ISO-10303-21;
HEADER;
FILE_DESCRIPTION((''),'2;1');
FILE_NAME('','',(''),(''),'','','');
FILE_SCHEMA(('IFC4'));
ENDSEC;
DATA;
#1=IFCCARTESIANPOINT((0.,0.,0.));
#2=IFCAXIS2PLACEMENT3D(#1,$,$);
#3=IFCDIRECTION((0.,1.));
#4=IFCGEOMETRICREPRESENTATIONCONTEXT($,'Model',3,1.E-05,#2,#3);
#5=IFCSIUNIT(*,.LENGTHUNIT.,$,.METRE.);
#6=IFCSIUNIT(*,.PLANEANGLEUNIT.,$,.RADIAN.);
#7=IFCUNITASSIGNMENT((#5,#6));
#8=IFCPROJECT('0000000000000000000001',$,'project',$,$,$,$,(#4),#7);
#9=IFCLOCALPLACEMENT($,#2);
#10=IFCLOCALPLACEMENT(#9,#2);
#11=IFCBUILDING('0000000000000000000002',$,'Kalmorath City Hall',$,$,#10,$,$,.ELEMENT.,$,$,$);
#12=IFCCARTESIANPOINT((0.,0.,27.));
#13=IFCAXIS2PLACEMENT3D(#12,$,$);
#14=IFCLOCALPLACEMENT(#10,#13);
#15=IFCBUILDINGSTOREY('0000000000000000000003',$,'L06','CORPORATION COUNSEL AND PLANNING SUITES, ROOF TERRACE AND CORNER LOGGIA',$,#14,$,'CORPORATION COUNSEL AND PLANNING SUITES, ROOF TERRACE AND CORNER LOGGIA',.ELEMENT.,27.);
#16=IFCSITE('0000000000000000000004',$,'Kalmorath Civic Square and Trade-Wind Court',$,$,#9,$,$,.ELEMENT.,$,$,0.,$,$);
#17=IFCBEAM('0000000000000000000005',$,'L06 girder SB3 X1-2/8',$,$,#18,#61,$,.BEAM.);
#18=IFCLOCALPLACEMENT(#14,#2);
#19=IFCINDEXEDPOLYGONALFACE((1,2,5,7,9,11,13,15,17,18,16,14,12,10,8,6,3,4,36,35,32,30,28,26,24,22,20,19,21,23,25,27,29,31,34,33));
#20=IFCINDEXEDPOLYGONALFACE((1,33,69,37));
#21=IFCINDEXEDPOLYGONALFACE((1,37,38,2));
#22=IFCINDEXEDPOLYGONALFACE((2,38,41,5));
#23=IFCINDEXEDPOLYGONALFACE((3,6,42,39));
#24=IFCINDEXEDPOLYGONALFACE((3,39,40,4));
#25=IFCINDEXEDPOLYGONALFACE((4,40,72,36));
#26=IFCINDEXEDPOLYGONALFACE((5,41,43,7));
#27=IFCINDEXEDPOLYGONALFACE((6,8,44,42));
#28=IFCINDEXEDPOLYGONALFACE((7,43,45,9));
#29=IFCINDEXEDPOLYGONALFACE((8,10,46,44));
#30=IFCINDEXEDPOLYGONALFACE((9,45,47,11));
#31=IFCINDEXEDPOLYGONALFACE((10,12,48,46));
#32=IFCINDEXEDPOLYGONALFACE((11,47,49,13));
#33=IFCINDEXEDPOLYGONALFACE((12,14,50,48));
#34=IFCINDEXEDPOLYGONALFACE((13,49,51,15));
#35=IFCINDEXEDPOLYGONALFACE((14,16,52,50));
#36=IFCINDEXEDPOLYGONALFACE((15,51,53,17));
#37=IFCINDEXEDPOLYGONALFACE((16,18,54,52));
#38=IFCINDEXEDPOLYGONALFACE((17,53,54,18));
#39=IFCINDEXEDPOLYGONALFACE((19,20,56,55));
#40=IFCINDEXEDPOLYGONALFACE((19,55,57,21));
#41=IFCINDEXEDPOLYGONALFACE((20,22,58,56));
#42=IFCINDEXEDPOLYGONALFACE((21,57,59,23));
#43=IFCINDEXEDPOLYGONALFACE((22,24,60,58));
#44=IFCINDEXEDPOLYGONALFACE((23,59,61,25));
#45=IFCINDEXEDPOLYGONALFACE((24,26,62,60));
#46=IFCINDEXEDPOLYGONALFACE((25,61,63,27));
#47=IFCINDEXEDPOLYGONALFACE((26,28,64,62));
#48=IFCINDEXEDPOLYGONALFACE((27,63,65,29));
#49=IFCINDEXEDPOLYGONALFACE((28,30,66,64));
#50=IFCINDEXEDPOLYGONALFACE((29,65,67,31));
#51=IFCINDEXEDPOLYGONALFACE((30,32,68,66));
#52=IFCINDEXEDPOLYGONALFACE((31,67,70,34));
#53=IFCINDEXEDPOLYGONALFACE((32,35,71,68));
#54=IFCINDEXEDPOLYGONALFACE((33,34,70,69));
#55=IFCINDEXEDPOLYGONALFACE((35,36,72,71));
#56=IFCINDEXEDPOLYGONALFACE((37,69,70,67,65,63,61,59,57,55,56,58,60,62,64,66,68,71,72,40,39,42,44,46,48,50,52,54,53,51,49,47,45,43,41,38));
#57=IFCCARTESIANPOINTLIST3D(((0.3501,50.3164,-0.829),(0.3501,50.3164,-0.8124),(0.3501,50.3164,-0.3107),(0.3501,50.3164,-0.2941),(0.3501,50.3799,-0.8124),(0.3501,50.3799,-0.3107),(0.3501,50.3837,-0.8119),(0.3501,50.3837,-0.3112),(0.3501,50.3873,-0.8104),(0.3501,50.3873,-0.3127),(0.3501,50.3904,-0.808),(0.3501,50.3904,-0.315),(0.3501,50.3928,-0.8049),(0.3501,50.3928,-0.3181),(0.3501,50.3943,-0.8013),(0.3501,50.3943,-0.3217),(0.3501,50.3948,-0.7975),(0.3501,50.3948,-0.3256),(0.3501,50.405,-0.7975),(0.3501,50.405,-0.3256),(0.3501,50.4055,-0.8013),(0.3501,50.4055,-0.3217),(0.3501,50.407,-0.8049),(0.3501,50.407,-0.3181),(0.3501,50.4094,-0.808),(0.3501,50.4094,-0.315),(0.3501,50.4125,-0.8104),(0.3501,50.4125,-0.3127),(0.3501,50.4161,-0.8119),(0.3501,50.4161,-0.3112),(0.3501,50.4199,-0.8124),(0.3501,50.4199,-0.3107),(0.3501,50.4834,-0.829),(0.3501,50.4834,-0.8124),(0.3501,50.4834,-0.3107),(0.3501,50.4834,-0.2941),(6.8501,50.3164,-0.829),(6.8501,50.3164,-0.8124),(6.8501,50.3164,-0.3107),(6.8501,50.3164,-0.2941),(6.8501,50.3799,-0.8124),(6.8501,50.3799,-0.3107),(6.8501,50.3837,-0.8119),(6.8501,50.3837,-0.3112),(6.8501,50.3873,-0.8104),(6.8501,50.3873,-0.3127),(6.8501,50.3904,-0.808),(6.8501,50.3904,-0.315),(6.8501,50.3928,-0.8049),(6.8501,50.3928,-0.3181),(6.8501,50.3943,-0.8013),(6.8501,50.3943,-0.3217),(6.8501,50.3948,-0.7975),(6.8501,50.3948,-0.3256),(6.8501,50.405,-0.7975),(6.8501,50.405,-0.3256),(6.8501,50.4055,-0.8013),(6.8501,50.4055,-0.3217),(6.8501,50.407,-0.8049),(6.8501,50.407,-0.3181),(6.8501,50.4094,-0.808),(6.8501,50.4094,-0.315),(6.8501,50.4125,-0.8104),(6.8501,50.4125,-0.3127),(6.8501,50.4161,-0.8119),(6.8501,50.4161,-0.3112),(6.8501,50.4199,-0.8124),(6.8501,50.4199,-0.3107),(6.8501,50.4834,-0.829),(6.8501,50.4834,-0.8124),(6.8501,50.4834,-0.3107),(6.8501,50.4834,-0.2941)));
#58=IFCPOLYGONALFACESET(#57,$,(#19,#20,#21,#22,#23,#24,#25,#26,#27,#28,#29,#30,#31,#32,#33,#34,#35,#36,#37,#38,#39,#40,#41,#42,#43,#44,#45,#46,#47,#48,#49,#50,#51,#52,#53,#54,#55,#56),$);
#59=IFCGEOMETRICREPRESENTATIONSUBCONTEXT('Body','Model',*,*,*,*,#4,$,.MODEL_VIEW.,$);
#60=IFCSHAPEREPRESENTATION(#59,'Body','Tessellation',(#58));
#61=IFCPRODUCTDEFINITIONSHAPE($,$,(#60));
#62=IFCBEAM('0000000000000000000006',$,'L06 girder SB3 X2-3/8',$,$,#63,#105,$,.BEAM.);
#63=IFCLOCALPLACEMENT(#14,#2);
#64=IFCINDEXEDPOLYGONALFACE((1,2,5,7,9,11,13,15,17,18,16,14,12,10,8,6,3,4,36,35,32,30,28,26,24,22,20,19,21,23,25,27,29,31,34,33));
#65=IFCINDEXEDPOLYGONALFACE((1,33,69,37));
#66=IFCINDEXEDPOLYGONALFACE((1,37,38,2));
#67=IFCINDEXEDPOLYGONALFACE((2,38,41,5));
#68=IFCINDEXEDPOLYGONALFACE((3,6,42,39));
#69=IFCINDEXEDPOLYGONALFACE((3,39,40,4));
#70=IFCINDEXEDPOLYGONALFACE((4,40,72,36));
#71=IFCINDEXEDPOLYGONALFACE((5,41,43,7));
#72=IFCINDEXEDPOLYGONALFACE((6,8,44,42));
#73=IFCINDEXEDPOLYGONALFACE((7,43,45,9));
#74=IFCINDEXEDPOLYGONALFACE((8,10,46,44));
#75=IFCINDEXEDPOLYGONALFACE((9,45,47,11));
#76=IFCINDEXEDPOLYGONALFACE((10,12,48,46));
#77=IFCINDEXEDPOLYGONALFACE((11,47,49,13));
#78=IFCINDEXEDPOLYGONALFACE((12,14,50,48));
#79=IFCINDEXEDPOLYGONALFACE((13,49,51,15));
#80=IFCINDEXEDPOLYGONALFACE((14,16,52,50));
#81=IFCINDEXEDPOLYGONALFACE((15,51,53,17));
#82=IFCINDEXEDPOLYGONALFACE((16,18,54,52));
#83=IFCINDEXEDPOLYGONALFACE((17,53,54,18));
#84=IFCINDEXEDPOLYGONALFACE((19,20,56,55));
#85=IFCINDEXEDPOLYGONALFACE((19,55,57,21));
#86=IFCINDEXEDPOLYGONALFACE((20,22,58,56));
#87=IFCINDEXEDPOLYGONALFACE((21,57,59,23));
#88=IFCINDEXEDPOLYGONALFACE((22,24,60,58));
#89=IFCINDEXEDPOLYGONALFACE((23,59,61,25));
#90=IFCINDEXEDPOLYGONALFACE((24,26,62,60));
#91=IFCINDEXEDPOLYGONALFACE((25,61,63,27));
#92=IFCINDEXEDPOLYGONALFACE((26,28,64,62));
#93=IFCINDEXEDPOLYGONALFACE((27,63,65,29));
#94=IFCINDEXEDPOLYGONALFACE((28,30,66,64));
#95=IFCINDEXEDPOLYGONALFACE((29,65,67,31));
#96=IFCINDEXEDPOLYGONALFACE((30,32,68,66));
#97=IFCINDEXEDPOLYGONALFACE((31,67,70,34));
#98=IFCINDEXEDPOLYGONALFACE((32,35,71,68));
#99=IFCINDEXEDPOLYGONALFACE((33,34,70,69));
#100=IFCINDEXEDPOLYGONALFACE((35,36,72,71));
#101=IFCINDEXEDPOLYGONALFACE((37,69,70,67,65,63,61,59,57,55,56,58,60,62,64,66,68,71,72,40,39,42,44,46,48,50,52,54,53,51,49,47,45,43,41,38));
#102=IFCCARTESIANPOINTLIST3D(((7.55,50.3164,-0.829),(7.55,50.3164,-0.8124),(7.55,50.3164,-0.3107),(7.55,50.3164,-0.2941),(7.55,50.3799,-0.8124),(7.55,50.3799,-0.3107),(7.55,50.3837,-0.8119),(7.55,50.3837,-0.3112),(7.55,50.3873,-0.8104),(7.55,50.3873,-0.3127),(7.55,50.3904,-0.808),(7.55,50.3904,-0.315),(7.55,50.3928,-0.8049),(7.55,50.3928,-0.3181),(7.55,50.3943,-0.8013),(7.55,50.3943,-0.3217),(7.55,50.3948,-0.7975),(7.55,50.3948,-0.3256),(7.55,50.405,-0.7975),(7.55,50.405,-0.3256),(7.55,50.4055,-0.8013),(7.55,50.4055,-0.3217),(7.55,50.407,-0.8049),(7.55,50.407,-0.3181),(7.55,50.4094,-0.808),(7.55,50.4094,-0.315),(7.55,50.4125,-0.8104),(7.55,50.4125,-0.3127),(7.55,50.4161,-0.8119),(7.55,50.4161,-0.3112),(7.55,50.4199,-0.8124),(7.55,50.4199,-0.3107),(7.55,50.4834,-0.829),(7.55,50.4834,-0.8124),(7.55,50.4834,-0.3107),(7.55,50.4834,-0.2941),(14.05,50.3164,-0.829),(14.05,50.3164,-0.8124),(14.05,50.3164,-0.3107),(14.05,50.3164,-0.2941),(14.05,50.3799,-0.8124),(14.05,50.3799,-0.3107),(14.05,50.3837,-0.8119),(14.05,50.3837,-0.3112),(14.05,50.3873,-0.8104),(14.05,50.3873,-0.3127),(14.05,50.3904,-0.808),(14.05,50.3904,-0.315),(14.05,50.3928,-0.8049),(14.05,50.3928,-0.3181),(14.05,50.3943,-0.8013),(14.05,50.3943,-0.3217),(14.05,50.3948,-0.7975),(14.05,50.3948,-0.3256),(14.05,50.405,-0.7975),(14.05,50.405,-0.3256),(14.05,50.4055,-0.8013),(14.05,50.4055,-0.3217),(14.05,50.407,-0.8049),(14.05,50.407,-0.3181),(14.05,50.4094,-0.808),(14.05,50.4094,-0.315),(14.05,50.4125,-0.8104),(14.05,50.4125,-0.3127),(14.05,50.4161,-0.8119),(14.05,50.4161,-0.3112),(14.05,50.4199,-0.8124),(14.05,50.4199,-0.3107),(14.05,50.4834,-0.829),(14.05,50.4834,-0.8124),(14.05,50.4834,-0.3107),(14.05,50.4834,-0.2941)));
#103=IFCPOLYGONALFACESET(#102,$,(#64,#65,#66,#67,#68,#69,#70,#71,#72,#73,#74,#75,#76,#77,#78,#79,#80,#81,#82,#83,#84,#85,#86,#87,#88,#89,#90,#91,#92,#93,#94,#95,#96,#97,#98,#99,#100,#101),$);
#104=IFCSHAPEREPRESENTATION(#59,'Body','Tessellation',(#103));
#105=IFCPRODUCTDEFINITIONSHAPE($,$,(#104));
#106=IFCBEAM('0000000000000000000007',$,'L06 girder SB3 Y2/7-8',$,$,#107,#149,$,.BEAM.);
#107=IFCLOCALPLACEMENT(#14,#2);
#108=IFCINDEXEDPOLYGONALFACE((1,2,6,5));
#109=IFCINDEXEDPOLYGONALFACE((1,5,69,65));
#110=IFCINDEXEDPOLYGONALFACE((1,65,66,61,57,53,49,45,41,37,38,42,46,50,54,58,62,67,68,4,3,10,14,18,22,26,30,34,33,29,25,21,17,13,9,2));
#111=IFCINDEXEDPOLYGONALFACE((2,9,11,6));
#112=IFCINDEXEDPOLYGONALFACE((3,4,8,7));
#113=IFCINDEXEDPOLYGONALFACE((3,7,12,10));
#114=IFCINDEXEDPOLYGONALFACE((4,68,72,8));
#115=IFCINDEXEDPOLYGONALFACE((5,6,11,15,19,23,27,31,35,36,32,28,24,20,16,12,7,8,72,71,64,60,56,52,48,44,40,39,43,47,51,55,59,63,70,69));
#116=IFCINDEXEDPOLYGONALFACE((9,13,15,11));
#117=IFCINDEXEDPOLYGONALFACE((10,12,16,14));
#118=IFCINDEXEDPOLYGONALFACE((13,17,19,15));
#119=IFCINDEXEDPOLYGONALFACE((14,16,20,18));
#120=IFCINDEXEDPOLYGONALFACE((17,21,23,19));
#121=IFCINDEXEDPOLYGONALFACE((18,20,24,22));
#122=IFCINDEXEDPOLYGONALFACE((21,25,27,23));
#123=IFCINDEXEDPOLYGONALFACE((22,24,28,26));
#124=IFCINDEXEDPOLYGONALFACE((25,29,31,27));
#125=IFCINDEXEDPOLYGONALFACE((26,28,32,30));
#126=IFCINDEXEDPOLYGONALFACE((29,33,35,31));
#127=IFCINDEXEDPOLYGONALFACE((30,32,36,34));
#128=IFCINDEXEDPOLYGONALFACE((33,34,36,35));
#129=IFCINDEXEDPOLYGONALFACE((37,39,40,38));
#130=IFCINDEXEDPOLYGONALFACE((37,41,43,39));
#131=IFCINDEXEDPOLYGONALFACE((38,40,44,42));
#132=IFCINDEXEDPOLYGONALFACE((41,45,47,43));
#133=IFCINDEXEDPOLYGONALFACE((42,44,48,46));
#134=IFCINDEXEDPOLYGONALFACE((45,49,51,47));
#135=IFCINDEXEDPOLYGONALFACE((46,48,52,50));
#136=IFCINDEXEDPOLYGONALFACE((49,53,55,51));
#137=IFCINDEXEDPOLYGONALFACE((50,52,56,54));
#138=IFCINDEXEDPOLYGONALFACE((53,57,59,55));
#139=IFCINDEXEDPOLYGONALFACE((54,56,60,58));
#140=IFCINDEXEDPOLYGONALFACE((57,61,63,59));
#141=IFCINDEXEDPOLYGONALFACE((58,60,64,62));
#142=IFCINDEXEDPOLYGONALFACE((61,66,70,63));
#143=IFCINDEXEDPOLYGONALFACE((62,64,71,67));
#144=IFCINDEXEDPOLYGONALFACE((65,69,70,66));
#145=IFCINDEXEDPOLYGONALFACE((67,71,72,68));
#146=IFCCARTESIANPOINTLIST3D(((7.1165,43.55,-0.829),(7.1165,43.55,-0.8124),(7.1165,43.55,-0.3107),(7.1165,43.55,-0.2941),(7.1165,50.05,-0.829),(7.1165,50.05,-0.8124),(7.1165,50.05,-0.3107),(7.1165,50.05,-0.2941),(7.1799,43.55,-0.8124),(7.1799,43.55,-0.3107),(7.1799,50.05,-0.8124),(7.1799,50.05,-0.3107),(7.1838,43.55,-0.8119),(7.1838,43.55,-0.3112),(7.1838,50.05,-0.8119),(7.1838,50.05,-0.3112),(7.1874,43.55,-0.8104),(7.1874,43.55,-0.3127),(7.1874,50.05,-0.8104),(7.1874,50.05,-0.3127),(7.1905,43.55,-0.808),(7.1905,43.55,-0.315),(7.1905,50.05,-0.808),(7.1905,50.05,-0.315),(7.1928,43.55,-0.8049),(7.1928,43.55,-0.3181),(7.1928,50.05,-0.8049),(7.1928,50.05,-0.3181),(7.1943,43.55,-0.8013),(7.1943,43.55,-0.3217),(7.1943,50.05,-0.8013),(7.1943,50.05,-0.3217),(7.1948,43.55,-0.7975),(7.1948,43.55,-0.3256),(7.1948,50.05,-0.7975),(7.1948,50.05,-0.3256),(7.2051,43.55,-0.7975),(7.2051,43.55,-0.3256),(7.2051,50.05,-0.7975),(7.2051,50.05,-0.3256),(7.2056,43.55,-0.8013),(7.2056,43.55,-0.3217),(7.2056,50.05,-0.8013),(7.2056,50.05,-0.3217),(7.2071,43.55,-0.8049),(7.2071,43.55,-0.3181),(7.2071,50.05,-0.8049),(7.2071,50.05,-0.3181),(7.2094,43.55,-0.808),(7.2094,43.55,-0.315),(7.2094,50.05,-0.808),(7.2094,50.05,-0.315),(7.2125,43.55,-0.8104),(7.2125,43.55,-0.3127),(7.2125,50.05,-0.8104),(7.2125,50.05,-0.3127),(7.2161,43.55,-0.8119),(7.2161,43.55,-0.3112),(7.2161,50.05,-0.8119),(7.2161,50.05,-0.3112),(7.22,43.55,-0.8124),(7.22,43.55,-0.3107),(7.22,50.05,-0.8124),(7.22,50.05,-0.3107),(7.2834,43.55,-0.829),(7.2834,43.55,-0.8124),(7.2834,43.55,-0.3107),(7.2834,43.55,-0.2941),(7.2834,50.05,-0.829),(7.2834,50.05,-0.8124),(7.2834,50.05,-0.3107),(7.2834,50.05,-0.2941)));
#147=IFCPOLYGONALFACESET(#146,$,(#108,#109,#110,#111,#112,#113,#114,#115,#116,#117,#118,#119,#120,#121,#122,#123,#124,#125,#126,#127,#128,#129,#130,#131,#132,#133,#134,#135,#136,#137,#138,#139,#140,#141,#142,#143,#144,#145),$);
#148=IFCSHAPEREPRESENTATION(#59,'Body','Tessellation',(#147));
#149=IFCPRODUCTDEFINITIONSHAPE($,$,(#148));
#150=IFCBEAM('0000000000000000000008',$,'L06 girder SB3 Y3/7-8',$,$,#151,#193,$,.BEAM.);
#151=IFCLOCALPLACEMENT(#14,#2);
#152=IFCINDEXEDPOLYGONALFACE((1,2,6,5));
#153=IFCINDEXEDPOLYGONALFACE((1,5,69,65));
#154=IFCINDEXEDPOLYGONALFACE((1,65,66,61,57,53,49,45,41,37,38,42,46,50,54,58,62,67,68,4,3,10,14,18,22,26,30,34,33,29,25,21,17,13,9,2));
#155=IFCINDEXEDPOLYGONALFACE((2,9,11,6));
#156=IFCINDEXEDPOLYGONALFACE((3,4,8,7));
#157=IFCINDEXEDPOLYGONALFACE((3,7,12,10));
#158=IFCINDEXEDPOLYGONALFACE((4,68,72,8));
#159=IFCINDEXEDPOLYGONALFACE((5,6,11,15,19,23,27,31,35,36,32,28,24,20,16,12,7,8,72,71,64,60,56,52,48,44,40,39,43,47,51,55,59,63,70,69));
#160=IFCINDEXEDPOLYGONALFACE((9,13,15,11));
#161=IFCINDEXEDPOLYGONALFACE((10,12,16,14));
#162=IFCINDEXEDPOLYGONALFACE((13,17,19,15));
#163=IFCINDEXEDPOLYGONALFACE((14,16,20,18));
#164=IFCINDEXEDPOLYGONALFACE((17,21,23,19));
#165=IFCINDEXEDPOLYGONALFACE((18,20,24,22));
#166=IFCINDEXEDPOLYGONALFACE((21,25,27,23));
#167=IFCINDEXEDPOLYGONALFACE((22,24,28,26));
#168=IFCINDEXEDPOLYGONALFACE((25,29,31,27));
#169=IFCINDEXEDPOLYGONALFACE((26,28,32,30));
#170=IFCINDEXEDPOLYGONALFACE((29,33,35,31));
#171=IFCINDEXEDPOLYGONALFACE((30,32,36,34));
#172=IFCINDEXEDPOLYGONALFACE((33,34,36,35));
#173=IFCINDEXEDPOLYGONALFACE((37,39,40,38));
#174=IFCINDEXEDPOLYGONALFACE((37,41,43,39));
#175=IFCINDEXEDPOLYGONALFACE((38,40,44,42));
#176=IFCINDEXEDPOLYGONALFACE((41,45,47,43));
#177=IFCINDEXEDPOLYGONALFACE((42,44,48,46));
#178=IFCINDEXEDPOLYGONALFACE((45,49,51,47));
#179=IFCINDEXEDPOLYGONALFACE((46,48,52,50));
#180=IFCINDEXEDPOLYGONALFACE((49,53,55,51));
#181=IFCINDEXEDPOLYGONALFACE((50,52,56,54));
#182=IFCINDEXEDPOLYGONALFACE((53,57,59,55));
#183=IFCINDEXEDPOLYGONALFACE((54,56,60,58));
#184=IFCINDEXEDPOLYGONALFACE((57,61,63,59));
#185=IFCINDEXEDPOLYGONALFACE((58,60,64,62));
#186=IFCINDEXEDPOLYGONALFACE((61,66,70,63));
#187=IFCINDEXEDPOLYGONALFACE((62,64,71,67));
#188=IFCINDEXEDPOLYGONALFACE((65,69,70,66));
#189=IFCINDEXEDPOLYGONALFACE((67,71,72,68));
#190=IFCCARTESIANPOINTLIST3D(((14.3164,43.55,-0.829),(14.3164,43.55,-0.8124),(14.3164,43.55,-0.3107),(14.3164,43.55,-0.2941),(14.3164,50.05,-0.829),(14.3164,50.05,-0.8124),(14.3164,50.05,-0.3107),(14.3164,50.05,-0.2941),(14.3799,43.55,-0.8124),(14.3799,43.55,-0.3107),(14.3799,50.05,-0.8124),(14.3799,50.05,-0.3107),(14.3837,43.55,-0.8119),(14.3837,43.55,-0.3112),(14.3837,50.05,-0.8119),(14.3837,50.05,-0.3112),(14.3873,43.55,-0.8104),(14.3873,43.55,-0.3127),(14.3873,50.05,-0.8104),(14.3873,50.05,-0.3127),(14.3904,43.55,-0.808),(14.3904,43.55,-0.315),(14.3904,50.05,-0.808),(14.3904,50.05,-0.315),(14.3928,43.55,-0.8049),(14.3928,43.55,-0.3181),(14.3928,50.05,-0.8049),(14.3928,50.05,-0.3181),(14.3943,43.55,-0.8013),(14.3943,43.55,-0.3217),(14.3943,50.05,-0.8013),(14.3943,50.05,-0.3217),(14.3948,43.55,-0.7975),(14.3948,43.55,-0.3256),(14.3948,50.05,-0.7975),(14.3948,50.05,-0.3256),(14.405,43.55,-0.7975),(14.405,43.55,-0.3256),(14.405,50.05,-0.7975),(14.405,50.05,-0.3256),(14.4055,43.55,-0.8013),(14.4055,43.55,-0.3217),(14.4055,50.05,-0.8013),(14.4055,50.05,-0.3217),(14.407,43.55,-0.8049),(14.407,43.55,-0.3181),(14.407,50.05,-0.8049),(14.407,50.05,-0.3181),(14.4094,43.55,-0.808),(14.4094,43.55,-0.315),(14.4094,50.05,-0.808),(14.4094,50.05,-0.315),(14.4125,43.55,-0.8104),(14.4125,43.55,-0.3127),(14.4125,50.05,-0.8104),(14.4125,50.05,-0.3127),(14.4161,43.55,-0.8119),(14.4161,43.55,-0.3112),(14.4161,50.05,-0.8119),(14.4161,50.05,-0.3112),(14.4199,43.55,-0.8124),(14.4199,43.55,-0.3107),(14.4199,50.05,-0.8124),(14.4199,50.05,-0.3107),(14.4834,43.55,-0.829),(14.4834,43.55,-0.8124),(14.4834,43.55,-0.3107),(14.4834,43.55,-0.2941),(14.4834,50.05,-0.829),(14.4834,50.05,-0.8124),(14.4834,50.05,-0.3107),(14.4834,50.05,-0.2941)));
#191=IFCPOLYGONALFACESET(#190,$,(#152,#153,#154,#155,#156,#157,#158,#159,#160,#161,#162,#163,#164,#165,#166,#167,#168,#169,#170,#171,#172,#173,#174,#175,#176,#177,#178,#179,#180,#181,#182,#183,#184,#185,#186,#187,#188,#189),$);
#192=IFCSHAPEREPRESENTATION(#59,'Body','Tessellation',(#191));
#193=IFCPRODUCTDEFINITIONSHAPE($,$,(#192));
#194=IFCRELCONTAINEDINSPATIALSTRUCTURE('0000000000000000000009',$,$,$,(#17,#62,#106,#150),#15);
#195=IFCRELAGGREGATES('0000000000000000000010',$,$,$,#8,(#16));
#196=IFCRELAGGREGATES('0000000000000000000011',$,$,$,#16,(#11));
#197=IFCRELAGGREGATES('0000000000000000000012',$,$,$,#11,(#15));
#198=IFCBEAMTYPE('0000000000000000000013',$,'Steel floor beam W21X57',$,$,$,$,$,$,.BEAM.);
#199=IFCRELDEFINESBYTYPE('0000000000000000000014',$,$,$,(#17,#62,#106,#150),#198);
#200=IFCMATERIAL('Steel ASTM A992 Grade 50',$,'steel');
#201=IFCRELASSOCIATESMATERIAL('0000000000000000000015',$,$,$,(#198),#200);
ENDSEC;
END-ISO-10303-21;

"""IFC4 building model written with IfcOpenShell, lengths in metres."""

from ifc_helpers import new_model, si_unit, direction, frame, origin, origin_2d, place, context, subcontext, project, spatial, i_section, extrude, material, material_profile, profile_set, type_object, element, save


model = new_model("IFC4")

# Units and contexts
model_context = context("Model", 3, precision=1e-05, world=origin(), true_north=direction((0.0, 1.0)))
body_context = subcontext(model_context, "Body", "Model", "MODEL_VIEW")
ifc_project = project(units=[si_unit("LENGTHUNIT", "METRE"), si_unit("PLANEANGLEUNIT", "RADIAN")], contexts=[model_context])

# Site, building, storey
site_placement = place(None, origin())
site = spatial("IfcSite", under=ifc_project, at=site_placement, Name="Kalmorath Civic Square and Trade-Wind Court", CompositionType="ELEMENT", RefElevation=0.0)
building_placement = place(site_placement, origin())
building = spatial("IfcBuilding", under=site, at=building_placement, Name="Kalmorath City Hall", CompositionType="ELEMENT")
storey_placement = place(building_placement, frame((0.0, 0.0, 27.0)))
storey = spatial("IfcBuildingStorey", under=building, at=storey_placement, Name="L06", Description="CORPORATION COUNSEL AND PLANNING SUITES, ROOF TERRACE AND CORNER LOGGIA", LongName="CORPORATION COUNSEL AND PLANNING SUITES, ROOF TERRACE AND CORNER LOGGIA", CompositionType="ELEMENT", Elevation=27.0)

# Beams
ifc_material_1 = material(Name="Steel ASTM A992 Grade 50", Category="steel")
ifc_material_profile_1 = material_profile(ifc_material_1, i_section(OverallWidth=0.167, OverallDepth=0.5349, WebThickness=0.0103, FlangeThickness=0.0166, FilletRadius=0.0149, at=origin_2d()), Name="W21X57")
ifc_profile_set_1 = profile_set([ifc_material_profile_1], Name="Steel ASTM A992 Grade 50")
beam_type_1 = type_object("IfcBeamType", Name="Steel floor beam W21X57", PredefinedType="BEAM", material=ifc_profile_set_1)
for number, where, z_axis, x_axis, name in (
    (1, (0.3501, 50.3999, -0.5615), (1.0, 0.0, 0.0), (0.0, 1.0, 0.0), "L06 girder SB3 X1-2/8"),
    (2, (7.55, 50.3999, -0.5615), (1.0, 0.0, 0.0), (0.0, 1.0, 0.0), "L06 girder SB3 X2-3/8"),
    (3, (7.2, 43.55, -0.5615), (0.0, 1.0, 0.0), (-1.0, 0.0, 0.0), "L06 girder SB3 Y2/7-8"),
    (4, (14.3999, 43.55, -0.5615), (0.0, 1.0, 0.0), (-1.0, 0.0, 0.0), "L06 girder SB3 Y3/7-8"),
):
    element("IfcBeam", number, at=place(storey_placement, frame(where, z_axis=z_axis, x_axis=x_axis)), inside=storey, type_object=beam_type_1, Name=name, PredefinedType="BEAM", context=body_context, shape_type="SweptSolid", body=[
        extrude(i_section(OverallWidth=0.167, OverallDepth=0.5349, WebThickness=0.0103, FlangeThickness=0.0166, FilletRadius=0.0149, at=origin_2d()), origin(), (0.0, 0.0, 1.0), 6.5),
    ])

save(model, "model.ifc")
